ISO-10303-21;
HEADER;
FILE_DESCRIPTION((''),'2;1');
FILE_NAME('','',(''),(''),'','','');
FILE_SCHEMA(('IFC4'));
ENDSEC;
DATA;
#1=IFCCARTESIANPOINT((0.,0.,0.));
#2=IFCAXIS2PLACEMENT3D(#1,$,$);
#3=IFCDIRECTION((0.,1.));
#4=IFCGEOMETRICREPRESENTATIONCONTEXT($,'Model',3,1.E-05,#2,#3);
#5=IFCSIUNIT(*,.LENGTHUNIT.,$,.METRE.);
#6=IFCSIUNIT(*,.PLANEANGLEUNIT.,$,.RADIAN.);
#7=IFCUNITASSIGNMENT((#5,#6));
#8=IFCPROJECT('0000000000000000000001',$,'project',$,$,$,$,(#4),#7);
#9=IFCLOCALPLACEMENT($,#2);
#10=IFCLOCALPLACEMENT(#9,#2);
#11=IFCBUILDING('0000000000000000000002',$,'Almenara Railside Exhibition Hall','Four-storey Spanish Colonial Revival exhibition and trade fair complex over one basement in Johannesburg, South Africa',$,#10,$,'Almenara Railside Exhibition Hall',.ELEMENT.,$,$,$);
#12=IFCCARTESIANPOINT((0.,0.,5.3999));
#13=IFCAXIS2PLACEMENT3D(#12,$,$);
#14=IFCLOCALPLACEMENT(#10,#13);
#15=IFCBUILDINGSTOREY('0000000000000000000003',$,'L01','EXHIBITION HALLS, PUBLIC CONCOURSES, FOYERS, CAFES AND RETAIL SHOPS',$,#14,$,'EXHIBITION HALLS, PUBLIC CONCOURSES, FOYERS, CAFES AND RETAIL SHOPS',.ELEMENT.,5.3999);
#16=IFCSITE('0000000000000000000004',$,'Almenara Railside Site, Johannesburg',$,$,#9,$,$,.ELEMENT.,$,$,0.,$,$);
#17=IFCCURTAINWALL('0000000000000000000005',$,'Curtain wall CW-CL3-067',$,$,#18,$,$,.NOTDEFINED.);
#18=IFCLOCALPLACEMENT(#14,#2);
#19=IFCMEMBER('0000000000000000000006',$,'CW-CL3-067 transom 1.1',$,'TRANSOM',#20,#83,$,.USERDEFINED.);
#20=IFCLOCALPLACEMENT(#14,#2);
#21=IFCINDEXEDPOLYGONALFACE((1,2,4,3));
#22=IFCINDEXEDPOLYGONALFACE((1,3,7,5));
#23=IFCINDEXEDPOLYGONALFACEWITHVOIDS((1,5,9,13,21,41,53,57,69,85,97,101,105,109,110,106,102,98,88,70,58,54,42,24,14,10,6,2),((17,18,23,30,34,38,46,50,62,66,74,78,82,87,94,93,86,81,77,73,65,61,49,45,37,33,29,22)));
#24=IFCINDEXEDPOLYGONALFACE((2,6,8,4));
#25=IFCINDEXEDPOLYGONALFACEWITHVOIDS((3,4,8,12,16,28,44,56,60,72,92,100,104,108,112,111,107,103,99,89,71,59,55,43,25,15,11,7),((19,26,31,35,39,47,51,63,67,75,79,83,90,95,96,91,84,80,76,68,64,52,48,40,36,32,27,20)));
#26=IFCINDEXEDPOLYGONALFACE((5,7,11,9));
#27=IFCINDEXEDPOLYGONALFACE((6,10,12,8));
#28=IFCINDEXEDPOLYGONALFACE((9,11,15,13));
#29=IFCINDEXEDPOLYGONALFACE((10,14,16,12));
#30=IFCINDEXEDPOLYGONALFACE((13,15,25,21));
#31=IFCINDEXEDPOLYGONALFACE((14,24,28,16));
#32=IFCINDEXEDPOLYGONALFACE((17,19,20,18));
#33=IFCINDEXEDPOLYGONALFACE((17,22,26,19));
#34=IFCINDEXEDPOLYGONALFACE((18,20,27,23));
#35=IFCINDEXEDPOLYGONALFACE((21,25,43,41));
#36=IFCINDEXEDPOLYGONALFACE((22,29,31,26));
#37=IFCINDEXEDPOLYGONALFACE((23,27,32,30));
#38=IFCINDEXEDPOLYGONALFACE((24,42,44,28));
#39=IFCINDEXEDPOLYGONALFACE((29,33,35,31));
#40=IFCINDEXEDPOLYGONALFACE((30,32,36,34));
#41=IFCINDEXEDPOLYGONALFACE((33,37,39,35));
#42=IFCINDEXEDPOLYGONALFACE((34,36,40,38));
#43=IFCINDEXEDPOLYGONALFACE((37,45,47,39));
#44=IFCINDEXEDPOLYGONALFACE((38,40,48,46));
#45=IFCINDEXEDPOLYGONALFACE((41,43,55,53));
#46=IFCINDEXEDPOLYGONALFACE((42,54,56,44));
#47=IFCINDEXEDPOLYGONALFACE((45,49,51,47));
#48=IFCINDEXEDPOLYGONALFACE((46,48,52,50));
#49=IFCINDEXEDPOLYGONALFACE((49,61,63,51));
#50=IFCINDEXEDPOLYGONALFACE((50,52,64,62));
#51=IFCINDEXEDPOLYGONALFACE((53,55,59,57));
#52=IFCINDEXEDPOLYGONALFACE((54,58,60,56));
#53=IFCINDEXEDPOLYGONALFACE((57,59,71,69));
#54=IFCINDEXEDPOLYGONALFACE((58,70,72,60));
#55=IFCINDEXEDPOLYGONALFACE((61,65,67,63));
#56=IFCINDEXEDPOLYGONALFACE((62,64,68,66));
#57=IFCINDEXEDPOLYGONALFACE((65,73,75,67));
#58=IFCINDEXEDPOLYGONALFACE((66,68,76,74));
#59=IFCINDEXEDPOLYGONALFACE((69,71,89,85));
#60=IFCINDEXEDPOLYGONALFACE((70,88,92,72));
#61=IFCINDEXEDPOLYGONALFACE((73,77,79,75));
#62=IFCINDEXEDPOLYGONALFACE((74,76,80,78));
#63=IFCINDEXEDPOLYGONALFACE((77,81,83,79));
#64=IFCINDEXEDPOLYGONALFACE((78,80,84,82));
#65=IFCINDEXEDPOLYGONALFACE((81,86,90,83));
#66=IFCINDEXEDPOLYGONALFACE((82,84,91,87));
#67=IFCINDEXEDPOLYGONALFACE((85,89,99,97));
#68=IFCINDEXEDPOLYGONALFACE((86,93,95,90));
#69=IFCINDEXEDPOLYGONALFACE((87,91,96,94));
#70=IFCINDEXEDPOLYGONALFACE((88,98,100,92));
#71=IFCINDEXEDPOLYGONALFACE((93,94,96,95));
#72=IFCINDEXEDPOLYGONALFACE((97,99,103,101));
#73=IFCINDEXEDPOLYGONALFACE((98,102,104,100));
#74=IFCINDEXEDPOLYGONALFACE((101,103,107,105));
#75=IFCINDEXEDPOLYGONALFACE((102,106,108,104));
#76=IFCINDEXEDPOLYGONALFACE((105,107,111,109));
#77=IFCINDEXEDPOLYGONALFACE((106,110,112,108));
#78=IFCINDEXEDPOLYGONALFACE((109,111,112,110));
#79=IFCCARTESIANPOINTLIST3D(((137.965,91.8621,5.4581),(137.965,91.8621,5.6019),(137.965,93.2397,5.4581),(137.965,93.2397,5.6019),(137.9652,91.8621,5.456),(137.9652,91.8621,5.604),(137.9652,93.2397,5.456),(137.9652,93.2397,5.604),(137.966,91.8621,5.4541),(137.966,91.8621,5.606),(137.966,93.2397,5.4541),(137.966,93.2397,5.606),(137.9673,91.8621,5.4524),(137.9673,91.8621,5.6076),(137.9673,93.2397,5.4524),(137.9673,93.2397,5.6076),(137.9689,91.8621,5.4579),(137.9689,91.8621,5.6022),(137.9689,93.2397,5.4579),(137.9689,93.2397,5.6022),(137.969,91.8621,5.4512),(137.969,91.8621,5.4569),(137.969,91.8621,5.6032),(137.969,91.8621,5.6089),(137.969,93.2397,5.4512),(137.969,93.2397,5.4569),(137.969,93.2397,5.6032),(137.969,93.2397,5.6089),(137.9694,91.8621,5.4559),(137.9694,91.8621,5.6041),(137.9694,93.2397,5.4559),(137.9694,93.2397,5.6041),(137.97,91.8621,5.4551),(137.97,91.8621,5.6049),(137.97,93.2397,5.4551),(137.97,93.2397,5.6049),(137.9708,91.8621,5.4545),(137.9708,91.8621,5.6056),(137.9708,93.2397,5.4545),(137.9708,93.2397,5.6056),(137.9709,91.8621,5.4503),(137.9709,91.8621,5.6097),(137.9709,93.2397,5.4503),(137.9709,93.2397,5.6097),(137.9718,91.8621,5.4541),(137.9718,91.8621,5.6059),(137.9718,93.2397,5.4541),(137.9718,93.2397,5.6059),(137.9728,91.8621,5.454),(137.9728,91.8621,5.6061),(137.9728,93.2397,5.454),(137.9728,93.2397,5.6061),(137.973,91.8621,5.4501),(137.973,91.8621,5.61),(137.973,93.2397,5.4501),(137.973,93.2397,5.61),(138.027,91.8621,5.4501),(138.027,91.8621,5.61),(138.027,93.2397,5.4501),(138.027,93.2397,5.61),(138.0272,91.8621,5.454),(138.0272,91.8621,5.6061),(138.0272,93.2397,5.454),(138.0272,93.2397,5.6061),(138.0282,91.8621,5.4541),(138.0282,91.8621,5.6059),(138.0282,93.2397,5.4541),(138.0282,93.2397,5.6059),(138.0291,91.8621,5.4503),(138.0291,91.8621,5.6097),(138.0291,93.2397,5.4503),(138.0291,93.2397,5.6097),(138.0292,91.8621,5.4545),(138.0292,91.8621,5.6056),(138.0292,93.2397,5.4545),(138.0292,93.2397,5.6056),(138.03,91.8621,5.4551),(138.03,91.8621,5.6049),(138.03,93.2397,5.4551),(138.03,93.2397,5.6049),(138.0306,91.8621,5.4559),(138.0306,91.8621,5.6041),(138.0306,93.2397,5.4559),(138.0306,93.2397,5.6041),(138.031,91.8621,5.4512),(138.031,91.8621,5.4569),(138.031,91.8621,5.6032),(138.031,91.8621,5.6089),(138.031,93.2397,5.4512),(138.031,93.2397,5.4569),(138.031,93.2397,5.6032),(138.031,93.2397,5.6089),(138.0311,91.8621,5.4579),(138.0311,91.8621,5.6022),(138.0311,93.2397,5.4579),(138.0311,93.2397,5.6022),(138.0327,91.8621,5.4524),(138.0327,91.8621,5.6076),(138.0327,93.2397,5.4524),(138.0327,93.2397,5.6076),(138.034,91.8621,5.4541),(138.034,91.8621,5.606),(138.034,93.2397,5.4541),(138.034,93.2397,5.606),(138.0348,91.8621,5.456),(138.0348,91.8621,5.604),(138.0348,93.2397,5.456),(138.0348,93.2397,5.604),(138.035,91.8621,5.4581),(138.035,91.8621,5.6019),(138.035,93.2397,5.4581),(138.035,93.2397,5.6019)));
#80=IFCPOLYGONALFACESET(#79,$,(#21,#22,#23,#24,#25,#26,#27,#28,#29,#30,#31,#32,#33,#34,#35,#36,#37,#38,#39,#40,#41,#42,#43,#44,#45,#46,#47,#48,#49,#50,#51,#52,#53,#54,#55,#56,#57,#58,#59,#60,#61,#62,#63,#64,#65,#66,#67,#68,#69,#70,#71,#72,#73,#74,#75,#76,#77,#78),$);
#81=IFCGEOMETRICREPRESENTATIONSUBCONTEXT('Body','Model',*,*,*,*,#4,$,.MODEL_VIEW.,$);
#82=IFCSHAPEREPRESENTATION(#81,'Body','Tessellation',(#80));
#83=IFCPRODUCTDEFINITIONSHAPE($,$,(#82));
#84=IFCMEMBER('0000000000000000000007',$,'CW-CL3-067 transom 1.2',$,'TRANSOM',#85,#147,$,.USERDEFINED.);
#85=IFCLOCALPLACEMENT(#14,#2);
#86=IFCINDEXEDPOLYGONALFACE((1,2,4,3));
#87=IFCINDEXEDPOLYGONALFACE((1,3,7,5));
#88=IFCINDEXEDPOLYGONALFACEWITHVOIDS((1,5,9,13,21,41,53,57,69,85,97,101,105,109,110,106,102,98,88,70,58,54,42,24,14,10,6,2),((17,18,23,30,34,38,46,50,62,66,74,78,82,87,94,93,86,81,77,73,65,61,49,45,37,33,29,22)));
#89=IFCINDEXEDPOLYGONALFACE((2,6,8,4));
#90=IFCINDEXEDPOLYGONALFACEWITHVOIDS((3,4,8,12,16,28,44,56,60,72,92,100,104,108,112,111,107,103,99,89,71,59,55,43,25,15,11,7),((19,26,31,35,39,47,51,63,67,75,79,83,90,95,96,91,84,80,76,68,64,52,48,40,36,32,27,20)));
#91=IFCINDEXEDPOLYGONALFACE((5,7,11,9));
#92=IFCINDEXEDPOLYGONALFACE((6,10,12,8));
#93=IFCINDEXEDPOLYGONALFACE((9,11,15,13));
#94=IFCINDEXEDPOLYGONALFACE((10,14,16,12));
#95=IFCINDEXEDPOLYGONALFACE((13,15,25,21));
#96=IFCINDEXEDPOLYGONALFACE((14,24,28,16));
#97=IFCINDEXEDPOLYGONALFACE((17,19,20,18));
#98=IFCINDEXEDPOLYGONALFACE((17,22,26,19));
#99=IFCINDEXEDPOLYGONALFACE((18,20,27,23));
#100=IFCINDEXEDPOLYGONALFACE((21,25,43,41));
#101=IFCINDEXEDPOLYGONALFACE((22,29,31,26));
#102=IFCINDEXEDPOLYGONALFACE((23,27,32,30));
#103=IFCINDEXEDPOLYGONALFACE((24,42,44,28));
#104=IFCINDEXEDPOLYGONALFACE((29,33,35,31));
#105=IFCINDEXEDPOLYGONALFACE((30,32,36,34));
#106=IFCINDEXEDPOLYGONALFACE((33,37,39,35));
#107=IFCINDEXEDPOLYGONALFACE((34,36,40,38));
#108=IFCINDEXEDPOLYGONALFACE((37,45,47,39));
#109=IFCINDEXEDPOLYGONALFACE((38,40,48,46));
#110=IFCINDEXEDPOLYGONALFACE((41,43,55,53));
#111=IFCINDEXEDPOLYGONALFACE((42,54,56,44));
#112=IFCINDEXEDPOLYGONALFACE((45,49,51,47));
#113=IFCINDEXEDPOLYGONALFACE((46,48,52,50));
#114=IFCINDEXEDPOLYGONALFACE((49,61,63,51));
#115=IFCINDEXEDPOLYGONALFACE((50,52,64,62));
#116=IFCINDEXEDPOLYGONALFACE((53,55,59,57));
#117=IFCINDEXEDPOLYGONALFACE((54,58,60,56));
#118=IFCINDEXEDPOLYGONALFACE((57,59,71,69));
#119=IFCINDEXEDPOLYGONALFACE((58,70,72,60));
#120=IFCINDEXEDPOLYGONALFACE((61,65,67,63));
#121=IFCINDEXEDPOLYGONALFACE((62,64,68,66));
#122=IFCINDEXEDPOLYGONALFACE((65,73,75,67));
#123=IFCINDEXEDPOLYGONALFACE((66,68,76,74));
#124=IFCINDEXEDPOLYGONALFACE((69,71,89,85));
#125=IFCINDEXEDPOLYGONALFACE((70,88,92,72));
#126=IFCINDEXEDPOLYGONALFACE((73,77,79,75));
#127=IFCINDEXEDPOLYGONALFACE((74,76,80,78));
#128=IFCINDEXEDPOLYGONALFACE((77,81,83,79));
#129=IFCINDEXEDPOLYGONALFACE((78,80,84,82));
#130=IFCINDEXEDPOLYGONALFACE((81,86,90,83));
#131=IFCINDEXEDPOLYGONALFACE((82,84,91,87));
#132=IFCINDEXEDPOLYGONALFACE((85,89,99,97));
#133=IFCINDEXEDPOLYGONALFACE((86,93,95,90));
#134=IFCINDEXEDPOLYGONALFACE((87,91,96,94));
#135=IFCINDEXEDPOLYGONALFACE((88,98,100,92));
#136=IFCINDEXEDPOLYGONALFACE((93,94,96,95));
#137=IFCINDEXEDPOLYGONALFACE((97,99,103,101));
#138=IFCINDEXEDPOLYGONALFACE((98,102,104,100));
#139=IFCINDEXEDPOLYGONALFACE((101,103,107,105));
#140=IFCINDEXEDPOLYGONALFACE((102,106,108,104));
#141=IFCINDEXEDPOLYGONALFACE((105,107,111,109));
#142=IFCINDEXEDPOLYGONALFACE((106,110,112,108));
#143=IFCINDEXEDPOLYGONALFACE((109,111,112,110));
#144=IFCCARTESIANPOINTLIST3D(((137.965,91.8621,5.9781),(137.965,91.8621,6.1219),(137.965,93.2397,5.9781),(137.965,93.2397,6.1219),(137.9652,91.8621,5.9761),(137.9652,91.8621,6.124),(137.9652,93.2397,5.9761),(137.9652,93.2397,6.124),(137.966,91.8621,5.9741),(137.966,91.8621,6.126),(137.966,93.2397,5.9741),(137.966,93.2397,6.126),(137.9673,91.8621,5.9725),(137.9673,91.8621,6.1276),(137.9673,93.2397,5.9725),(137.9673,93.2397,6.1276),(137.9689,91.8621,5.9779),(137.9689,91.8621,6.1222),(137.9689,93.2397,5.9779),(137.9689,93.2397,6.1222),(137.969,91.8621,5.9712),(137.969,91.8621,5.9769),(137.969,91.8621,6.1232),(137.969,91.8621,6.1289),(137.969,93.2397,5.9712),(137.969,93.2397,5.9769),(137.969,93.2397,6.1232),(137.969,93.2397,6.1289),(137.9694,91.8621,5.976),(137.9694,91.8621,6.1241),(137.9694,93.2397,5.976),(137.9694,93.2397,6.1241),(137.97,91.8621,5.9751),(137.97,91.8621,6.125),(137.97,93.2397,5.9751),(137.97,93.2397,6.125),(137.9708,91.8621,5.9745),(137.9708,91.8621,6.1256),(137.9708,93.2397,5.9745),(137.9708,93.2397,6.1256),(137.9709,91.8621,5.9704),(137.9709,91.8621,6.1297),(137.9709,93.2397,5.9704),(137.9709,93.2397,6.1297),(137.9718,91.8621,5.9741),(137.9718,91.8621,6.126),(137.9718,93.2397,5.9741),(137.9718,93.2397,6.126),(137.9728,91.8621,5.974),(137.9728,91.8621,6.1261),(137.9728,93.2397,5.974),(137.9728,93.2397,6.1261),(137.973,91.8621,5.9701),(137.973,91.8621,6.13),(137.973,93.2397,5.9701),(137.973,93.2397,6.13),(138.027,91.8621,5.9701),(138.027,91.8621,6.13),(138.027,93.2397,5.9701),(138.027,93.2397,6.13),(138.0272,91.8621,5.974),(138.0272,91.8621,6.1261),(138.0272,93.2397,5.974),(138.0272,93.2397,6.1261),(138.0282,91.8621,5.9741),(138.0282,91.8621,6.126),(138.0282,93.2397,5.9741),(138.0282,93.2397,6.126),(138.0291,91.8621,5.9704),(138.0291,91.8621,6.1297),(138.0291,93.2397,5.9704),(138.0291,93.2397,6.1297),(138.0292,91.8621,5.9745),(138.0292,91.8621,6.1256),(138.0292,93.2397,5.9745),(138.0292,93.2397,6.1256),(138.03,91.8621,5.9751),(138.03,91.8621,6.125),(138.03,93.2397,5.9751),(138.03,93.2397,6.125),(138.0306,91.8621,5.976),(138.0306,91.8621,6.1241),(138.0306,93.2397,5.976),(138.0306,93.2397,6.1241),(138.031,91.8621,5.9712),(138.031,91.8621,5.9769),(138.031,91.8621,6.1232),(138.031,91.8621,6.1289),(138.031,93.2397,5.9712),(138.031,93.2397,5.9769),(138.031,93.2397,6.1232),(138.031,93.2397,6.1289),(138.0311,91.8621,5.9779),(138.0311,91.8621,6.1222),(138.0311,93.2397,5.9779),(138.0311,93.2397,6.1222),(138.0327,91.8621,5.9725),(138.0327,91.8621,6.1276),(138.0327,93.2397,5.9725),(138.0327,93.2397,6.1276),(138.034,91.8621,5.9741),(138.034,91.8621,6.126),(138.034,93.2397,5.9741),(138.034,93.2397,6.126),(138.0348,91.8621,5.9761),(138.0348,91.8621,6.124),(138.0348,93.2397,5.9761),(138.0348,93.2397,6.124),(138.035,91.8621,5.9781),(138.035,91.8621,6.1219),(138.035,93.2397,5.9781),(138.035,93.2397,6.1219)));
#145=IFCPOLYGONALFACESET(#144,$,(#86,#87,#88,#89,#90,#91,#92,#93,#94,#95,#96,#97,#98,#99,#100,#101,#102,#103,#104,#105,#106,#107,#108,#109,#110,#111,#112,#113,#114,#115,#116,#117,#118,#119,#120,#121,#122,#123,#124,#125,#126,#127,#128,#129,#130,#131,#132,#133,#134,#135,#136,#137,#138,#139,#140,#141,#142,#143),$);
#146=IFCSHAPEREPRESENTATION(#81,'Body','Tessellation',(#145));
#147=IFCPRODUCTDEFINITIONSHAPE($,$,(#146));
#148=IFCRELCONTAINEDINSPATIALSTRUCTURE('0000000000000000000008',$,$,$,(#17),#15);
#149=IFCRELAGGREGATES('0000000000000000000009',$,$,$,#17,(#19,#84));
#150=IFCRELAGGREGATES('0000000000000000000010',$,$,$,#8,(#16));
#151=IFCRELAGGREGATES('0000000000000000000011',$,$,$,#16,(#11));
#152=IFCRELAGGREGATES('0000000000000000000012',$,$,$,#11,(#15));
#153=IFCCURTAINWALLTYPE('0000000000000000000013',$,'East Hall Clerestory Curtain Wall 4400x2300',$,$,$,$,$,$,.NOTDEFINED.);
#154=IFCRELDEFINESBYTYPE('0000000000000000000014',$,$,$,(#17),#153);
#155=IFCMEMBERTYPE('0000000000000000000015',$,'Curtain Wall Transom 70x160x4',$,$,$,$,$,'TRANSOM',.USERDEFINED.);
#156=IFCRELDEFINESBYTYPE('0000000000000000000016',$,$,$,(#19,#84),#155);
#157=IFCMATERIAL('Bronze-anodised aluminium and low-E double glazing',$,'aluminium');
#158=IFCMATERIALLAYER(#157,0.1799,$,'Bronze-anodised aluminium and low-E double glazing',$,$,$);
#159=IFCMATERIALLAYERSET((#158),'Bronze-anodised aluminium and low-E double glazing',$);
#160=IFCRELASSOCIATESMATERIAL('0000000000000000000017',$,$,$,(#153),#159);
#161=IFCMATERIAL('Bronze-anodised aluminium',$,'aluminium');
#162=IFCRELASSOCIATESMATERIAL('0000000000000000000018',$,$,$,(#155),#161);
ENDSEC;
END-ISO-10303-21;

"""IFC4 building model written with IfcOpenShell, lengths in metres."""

from ifc_helpers import new_model, si_unit, direction, frame, origin, origin_2d, place, context, subcontext, project, spatial, hollow_rectangle, extrude, material, layer, layer_set, material_profile, profile_set, type_object, element, aggregate, save


model = new_model("IFC4")

# Units and contexts
model_context = context("Model", 3, precision=1e-05, world=origin(), true_north=direction((0.0, 1.0)))
body_context = subcontext(model_context, "Body", "Model", "MODEL_VIEW")
ifc_project = project(units=[si_unit("LENGTHUNIT", "METRE"), si_unit("PLANEANGLEUNIT", "RADIAN")], contexts=[model_context])

# Site, building, storey
site_placement = place(None, origin())
site = spatial("IfcSite", under=ifc_project, at=site_placement, Name="Almenara Railside Site, Johannesburg", CompositionType="ELEMENT", RefElevation=0.0)
building_placement = place(site_placement, origin())
building = spatial("IfcBuilding", under=site, at=building_placement, Name="Almenara Railside Exhibition Hall", Description="Four-storey Spanish Colonial Revival exhibition and trade fair complex over one basement in Johannesburg, South Africa", LongName="Almenara Railside Exhibition Hall", CompositionType="ELEMENT")
storey_placement = place(building_placement, frame((0.0, 0.0, 5.3999)))
storey = spatial("IfcBuildingStorey", under=building, at=storey_placement, Name="L01", Description="EXHIBITION HALLS, PUBLIC CONCOURSES, FOYERS, CAFES AND RETAIL SHOPS", LongName="EXHIBITION HALLS, PUBLIC CONCOURSES, FOYERS, CAFES AND RETAIL SHOPS", CompositionType="ELEMENT", Elevation=5.3999)

# Shared definitions
ifc_material_1 = material(Name="Bronze-anodised aluminium and low-E double glazing", Category="aluminium")
ifc_material_2 = material(Name="Bronze-anodised aluminium", Category="aluminium")

# Curtain wall, members
ifc_layer_1 = layer(ifc_material_1, 0.1799, Name="Bronze-anodised aluminium and low-E double glazing")
ifc_layer_set_1 = layer_set([ifc_layer_1], Name="Bronze-anodised aluminium and low-E double glazing")
curtain_wall_type_1 = type_object("IfcCurtainWallType", Name="East Hall Clerestory Curtain Wall 4400x2300", PredefinedType="NOTDEFINED", material=ifc_layer_set_1)
curtain_wall_1_placement = place(storey_placement, origin())
curtain_wall_1 = element("IfcCurtainWall", 1, at=curtain_wall_1_placement, inside=storey, type_object=curtain_wall_type_1, Name="Curtain wall CW-CL3-067", PredefinedType="NOTDEFINED")
ifc_material_profile_1 = material_profile(ifc_material_2, hollow_rectangle(XDim=0.0701, YDim=0.1599, WallThickness=0.0039, InnerFilletRadius=0.0039, OuterFilletRadius=0.0081, at=origin_2d()), Name="ALU-TRN 70x160x4")
ifc_profile_set_1 = profile_set([ifc_material_profile_1], Name="Bronze-anodised aluminium")
member_type_1 = type_object("IfcMemberType", Name="Curtain Wall Transom 70x160x4", ElementType="TRANSOM", PredefinedType="USERDEFINED", material=ifc_profile_set_1)
member_1_placement = place(storey_placement, frame((138.0, 91.8621, 5.53), z_axis=(0.0, 1.0, 0.0), x_axis=(-1.0, 0.0, 0.0)))
member_1 = element("IfcMember", 2, at=member_1_placement, type_object=member_type_1, Name="CW-CL3-067 transom 1.1", ObjectType="TRANSOM", PredefinedType="USERDEFINED", context=body_context, shape_type="SweptSolid", body=[
    extrude(hollow_rectangle(XDim=0.0701, YDim=0.1599, WallThickness=0.0039, InnerFilletRadius=0.0039, OuterFilletRadius=0.0081, at=origin_2d()), origin(), (0.0, 0.0, 1.0), 1.3777),
])
member_2_placement = place(storey_placement, frame((138.0, 91.8621, 6.05), z_axis=(0.0, 1.0, 0.0), x_axis=(-1.0, 0.0, 0.0)))
member_2 = element("IfcMember", 3, at=member_2_placement, type_object=member_type_1, Name="CW-CL3-067 transom 1.2", ObjectType="TRANSOM", PredefinedType="USERDEFINED", context=body_context, shape_type="SweptSolid", body=[
    extrude(hollow_rectangle(XDim=0.0701, YDim=0.1599, WallThickness=0.0039, InnerFilletRadius=0.0039, OuterFilletRadius=0.0081, at=origin_2d()), origin(), (0.0, 0.0, 1.0), 1.3777),
])

aggregate(curtain_wall_1, [member_1, member_2])

save(model, "model.ifc")
